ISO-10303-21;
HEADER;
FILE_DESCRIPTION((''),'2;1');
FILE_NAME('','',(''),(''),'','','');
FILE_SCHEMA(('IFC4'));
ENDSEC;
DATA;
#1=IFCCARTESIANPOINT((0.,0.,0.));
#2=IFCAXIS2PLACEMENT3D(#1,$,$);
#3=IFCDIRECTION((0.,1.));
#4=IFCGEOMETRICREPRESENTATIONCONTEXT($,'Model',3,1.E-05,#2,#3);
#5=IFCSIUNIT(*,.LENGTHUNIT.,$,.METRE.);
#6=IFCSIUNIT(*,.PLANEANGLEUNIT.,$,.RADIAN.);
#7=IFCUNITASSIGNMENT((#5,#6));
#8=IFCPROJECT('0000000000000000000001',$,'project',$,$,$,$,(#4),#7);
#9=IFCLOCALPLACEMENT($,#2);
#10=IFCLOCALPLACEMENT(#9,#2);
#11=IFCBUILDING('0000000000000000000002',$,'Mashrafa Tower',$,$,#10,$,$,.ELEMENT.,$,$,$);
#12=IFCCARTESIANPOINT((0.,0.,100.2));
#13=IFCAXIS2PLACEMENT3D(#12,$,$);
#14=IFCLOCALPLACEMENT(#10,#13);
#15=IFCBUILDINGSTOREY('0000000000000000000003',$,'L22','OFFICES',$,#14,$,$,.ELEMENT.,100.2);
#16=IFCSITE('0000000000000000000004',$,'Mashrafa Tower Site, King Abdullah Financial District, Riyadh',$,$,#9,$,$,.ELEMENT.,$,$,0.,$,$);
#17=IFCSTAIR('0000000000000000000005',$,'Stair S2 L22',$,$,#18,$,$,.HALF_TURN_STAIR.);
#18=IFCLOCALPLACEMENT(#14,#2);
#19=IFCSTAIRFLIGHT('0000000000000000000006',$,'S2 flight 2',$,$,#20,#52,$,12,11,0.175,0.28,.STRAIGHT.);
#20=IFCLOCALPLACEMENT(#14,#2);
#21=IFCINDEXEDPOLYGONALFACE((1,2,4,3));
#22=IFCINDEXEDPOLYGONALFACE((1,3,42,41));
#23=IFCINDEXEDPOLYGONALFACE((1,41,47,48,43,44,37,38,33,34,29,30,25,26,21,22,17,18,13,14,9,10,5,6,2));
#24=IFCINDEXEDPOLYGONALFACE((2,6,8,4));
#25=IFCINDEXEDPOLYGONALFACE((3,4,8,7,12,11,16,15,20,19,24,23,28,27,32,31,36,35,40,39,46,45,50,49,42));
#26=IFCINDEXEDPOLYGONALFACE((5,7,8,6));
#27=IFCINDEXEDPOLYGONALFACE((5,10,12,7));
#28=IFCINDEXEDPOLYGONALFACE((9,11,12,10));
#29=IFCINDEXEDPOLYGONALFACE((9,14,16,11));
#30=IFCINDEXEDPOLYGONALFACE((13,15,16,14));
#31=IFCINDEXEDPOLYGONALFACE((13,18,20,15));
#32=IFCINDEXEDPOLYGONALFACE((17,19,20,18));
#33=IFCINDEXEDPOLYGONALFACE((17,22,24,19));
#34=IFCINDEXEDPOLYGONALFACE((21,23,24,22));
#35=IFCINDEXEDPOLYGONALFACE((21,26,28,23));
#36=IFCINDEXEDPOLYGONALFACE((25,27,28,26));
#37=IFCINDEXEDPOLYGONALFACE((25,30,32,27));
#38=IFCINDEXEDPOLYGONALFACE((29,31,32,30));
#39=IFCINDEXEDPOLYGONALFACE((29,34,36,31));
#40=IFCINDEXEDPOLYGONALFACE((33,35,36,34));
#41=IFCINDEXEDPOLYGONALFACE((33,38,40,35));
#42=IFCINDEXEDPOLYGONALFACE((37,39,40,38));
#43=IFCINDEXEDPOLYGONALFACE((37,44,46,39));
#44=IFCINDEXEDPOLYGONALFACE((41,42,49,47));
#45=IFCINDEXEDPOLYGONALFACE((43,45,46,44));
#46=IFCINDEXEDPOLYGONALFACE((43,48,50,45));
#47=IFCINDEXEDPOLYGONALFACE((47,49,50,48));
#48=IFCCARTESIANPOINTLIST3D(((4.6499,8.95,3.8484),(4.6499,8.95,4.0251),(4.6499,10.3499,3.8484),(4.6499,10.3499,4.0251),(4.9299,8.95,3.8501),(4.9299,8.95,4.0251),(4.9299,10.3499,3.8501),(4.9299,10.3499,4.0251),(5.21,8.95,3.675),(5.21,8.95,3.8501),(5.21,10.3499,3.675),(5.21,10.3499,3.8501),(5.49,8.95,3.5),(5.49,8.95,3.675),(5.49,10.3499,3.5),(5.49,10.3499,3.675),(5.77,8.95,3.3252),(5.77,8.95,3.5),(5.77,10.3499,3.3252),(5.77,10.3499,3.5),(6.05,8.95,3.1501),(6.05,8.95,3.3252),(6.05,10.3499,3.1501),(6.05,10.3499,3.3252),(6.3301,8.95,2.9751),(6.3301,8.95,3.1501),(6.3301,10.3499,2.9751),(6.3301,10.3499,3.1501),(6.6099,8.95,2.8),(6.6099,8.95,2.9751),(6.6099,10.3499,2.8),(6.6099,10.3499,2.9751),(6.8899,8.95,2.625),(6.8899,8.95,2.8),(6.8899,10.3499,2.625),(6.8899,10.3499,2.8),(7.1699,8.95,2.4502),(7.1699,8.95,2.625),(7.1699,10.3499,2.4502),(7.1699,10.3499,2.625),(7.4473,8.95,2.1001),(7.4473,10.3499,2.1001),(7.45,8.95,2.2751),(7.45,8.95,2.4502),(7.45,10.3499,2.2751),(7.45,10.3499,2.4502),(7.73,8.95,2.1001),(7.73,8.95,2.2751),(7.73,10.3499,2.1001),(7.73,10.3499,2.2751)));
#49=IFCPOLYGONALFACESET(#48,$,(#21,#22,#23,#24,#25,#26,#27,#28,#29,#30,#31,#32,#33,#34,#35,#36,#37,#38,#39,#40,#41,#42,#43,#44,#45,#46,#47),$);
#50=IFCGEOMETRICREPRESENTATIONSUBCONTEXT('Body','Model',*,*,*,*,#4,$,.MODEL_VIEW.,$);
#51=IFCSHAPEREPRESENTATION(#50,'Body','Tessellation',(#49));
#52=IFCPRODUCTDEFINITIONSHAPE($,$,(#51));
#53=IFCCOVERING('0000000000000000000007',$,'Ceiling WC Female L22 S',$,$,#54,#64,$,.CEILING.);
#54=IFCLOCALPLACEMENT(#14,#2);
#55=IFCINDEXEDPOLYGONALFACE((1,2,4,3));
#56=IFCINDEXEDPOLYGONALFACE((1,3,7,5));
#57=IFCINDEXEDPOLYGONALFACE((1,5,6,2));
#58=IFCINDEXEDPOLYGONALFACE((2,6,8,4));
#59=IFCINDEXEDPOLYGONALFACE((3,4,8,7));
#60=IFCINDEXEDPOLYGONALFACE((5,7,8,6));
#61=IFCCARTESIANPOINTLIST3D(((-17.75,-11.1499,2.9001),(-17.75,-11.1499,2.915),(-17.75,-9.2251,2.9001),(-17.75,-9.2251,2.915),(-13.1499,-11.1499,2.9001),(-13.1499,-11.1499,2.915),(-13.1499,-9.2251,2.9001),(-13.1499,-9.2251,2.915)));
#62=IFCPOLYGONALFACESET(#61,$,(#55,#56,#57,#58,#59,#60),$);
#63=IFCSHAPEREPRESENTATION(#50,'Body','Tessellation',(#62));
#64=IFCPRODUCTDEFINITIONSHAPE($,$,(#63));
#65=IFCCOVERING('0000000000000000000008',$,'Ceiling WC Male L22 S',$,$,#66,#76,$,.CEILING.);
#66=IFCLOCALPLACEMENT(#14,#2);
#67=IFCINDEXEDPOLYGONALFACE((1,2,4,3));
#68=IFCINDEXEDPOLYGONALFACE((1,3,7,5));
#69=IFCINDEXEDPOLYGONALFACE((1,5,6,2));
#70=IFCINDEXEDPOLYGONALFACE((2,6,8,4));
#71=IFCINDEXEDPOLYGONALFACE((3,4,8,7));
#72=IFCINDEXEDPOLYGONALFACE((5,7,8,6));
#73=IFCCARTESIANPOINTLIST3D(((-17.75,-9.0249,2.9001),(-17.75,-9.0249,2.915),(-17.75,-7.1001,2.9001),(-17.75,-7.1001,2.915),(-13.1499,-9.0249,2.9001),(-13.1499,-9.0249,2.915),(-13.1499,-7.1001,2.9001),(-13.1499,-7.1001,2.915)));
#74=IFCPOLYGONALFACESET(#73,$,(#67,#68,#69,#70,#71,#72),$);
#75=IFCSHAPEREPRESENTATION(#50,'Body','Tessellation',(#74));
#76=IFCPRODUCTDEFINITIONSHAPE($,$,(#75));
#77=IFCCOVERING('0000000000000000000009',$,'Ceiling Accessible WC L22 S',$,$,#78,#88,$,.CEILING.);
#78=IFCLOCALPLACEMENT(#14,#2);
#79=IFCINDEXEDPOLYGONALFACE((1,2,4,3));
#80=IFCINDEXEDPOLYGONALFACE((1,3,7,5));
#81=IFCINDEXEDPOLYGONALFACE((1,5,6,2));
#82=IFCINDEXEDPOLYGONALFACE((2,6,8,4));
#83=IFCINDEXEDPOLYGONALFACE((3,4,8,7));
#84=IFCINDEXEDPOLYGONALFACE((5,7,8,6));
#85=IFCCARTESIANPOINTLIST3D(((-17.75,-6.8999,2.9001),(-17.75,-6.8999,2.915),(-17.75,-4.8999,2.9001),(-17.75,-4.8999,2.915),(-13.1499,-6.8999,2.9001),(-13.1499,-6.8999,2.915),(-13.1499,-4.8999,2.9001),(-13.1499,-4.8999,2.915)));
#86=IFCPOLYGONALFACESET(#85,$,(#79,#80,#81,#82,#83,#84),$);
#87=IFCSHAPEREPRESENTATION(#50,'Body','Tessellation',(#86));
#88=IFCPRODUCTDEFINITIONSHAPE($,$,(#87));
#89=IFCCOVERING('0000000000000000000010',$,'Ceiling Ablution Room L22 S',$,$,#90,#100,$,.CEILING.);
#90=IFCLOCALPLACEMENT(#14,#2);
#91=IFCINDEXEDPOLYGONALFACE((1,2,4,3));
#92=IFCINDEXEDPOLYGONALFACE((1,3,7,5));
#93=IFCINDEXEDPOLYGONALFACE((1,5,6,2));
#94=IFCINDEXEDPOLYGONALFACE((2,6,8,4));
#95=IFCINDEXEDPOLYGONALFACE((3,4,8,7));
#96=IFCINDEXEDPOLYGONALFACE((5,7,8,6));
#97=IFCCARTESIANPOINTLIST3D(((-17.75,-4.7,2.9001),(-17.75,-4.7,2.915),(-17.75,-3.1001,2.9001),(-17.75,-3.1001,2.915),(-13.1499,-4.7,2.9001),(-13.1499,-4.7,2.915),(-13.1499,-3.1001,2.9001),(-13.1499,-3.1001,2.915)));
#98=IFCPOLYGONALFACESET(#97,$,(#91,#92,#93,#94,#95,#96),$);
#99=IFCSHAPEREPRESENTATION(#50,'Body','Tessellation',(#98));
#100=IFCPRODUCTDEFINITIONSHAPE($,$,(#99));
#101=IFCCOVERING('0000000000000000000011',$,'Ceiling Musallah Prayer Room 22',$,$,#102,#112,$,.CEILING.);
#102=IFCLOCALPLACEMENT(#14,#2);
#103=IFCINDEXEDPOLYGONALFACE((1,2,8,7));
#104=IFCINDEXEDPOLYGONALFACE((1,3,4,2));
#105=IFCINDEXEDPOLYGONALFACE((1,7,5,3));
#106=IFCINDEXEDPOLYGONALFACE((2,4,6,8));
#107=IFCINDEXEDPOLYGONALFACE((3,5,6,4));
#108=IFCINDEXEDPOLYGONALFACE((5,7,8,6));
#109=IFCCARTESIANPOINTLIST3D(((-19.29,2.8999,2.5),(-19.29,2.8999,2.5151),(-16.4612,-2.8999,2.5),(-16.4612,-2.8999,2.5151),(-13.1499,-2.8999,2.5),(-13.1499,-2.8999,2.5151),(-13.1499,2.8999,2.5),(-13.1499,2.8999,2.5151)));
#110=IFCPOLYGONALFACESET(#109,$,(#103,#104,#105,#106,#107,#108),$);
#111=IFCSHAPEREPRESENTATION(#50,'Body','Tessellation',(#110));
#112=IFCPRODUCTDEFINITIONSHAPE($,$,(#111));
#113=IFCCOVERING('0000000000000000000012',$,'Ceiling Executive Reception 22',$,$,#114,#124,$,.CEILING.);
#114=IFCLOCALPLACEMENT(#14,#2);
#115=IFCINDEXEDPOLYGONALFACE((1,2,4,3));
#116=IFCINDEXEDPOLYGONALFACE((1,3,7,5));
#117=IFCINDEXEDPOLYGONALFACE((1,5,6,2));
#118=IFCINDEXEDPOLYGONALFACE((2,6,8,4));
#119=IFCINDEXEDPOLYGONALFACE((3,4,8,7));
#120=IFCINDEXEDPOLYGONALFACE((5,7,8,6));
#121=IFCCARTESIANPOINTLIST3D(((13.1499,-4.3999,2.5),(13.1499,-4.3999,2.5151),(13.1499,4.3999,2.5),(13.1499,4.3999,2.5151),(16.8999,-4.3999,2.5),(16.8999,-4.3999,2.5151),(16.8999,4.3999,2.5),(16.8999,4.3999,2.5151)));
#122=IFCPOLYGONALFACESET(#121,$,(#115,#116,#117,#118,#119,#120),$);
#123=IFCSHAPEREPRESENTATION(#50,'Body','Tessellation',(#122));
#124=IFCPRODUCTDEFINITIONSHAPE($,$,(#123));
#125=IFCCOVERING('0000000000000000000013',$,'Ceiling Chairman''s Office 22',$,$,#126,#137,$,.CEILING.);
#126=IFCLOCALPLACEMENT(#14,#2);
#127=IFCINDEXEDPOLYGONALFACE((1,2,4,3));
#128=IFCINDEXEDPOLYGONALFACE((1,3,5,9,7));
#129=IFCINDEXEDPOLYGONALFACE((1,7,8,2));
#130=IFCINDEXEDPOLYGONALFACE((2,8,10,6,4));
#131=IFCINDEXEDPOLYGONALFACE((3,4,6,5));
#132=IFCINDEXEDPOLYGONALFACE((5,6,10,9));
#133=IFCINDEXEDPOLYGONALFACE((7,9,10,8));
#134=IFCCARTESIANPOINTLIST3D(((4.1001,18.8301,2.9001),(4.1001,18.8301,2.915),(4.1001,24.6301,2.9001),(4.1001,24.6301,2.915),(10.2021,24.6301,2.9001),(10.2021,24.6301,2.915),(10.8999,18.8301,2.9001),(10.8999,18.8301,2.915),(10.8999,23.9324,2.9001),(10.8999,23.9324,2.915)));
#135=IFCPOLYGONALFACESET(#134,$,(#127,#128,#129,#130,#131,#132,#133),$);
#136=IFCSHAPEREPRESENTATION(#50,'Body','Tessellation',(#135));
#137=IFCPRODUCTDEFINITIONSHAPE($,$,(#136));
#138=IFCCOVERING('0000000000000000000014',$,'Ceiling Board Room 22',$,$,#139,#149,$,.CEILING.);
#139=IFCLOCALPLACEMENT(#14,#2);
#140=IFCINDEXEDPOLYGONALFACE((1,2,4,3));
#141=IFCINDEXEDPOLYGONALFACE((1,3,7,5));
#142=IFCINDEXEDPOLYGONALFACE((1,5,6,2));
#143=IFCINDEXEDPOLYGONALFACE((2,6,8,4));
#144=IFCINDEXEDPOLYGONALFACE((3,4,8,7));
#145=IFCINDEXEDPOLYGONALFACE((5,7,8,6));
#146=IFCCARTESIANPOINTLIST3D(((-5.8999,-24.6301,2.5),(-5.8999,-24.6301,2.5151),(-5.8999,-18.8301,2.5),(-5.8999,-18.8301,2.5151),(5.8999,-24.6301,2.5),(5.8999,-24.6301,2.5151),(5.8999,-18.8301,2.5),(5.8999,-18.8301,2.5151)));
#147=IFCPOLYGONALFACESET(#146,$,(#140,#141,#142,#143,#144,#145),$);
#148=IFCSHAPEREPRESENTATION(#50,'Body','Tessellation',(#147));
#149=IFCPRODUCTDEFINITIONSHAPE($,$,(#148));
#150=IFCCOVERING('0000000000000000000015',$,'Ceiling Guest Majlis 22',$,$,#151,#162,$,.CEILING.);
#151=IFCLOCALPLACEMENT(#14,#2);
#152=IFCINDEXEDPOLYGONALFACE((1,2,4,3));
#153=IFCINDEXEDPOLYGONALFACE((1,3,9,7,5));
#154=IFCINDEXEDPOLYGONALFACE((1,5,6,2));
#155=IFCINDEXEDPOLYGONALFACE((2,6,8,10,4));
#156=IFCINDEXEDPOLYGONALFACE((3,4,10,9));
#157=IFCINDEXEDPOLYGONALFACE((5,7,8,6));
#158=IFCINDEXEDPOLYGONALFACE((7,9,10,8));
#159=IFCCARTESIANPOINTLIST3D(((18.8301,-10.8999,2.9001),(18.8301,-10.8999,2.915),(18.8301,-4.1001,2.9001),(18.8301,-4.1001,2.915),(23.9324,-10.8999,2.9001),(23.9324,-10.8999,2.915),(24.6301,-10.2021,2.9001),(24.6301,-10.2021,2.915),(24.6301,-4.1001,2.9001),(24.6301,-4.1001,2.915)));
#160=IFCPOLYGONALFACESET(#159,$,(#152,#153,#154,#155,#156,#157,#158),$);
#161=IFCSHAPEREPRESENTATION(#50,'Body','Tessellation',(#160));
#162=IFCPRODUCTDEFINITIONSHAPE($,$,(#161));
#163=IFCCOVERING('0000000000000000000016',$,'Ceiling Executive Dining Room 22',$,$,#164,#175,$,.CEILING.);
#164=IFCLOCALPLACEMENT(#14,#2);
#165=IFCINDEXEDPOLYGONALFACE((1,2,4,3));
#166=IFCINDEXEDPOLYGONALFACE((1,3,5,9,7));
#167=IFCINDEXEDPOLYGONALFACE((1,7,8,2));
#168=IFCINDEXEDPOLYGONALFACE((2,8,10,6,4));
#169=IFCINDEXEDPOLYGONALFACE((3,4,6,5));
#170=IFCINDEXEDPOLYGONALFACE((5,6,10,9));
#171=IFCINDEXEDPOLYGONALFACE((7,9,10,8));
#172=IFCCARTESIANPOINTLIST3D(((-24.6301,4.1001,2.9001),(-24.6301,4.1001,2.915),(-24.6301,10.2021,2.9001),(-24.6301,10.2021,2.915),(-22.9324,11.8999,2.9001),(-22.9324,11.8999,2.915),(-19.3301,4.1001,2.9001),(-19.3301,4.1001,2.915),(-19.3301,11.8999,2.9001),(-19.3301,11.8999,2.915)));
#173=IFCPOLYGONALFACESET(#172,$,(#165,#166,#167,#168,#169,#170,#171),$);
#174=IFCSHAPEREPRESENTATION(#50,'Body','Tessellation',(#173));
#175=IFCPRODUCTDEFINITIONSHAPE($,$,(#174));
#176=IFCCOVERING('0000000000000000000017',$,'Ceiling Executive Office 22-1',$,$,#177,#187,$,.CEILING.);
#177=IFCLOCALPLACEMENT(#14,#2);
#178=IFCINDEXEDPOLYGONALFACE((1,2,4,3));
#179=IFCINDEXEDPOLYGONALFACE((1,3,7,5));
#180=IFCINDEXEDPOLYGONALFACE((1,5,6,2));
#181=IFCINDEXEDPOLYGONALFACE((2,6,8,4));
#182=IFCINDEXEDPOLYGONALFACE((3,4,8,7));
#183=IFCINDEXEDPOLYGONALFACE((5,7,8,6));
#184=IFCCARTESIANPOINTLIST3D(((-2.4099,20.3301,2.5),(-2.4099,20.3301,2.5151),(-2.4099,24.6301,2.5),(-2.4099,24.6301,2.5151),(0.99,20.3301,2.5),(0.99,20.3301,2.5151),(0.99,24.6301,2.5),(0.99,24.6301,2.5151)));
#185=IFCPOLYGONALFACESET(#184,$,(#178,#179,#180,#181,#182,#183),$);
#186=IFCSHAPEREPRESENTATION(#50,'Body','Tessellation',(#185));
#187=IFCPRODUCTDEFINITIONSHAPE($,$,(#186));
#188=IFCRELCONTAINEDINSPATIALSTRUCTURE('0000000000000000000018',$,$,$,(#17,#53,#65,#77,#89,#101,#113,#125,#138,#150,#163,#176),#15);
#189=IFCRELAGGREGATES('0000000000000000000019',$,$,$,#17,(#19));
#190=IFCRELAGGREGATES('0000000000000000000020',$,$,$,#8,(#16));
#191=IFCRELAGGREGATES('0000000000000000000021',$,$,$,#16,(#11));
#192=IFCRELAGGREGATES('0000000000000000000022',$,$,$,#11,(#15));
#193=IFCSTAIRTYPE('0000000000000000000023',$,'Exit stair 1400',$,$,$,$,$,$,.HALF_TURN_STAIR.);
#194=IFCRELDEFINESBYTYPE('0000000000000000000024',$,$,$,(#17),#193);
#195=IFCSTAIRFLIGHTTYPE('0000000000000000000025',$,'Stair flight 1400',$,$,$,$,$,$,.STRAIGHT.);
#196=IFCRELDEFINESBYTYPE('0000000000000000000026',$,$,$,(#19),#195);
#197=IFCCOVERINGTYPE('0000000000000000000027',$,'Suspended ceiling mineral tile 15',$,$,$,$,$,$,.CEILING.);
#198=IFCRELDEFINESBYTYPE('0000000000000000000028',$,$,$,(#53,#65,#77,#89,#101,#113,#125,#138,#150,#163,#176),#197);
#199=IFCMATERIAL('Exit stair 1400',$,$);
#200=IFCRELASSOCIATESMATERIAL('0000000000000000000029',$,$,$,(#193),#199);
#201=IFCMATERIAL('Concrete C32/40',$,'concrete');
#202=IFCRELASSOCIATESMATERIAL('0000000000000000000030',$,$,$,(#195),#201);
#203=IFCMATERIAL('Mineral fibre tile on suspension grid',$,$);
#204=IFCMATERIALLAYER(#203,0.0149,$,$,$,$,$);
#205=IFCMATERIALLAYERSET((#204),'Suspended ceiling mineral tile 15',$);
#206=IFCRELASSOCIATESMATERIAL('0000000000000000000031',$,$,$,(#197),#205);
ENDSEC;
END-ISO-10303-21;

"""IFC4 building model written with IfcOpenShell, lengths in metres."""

from ifc_helpers import new_model, si_unit, direction, frame, origin, place, context, subcontext, project, spatial, polyline, outline, extrude, material, layer, layer_set, type_object, element, aggregate, save


model = new_model("IFC4")

# Units and contexts
model_context = context("Model", 3, precision=1e-05, world=origin(), true_north=direction((0.0, 1.0)))
body_context = subcontext(model_context, "Body", "Model", "MODEL_VIEW")
ifc_project = project(units=[si_unit("LENGTHUNIT", "METRE"), si_unit("PLANEANGLEUNIT", "RADIAN")], contexts=[model_context])

# Site, building, storey
site_placement = place(None, origin())
site = spatial("IfcSite", under=ifc_project, at=site_placement, Name="Mashrafa Tower Site, King Abdullah Financial District, Riyadh", CompositionType="ELEMENT", RefElevation=0.0)
building_placement = place(site_placement, origin())
building = spatial("IfcBuilding", under=site, at=building_placement, Name="Mashrafa Tower", CompositionType="ELEMENT")
storey_placement = place(building_placement, frame((0.0, 0.0, 100.2)))
storey = spatial("IfcBuildingStorey", under=building, at=storey_placement, Name="L22", Description="OFFICES", CompositionType="ELEMENT", Elevation=100.2)

# Stair, stair flight
ifc_material_1 = material(Name="Exit stair 1400")
stair_type = type_object("IfcStairType", Name="Exit stair 1400", PredefinedType="HALF_TURN_STAIR", material=ifc_material_1)
stair_placement = place(storey_placement, origin())
stair = element("IfcStair", 1, at=stair_placement, inside=storey, type_object=stair_type, Name="Stair S2 L22", PredefinedType="HALF_TURN_STAIR")
ifc_material_2 = material(Name="Concrete C32/40", Category="concrete")
stair_flight_type = type_object("IfcStairFlightType", Name="Stair flight 1400", PredefinedType="STRAIGHT", material=ifc_material_2)
stair_flight_1_placement = place(storey_placement, frame((7.73, 9.6499, 2.1001), z_axis=(0.0, 0.0, 1.0), x_axis=(-1.0, 0.0, 0.0)))
stair_flight_1 = element("IfcStairFlight", 2, at=stair_flight_1_placement, type_object=stair_flight_type, Name="S2 flight 2", NumberOfRisers=12, NumberOfTreads=11, PredefinedType="STRAIGHT", RiserHeight=0.175, TreadLength=0.28, context=body_context, shape_type="SweptSolid", body=[
    extrude(outline(polyline([(0.0, 0.0), (0.0, 0.175), (0.28, 0.175), (0.28, 0.3501), (0.5601, 0.3501), (0.5601, 0.5249), (0.8401, 0.5249), (0.8401, 0.7), (1.1201, 0.7), (1.1201, 0.875), (1.3999, 0.875), (1.3999, 1.05), (1.6799, 1.05), (1.6799, 1.2251), (1.96, 1.2251), (1.96, 1.3999), (2.24, 1.3999), (2.24, 1.575), (2.52, 1.575), (2.52, 1.75), (2.8, 1.75), (2.8, 1.925), (3.0801, 1.925), (3.0801, 2.1001), (3.0801, 1.7483), (0.2827, 0.0), (0.0, 0.0)])), frame((0.0, 0.7, 0.0), z_axis=(0.0, -1.0, 0.0), x_axis=(1.0, 0.0, 0.0)), (0.0, 0.0, 1.0), 1.3999),
])
aggregate(stair, [stair_flight_1])

# Coverings
ifc_material_3 = material(Name="Mineral fibre tile on suspension grid")
ifc_layer_1 = layer(ifc_material_3, 0.0149)
ifc_layer_set_1 = layer_set([ifc_layer_1], Name="Suspended ceiling mineral tile 15")
covering_type = type_object("IfcCoveringType", Name="Suspended ceiling mineral tile 15", PredefinedType="CEILING", material=ifc_layer_set_1)
covering_1_placement = place(storey_placement, frame((0.0, 0.0, 2.9001)))
element("IfcCovering", 3, at=covering_1_placement, inside=storey, type_object=covering_type, Name="Ceiling WC Female L22 S", PredefinedType="CEILING", context=body_context, shape_type="SweptSolid", body=[
    extrude(outline(polyline([(-17.75, -11.1499), (-17.75, -9.2251), (-13.1499, -9.2251), (-13.1499, -11.1499), (-17.75, -11.1499)])), origin(), (0.0, 0.0, 1.0), 0.0149),
])
covering_2_placement = place(storey_placement, frame((0.0, 0.0, 2.9001)))
element("IfcCovering", 4, at=covering_2_placement, inside=storey, type_object=covering_type, Name="Ceiling WC Male L22 S", PredefinedType="CEILING", context=body_context, shape_type="SweptSolid", body=[
    extrude(outline(polyline([(-17.75, -9.0249), (-17.75, -7.1001), (-13.1499, -7.1001), (-13.1499, -9.0249), (-17.75, -9.0249)])), origin(), (0.0, 0.0, 1.0), 0.0149),
])
covering_3_placement = place(storey_placement, frame((0.0, 0.0, 2.9001)))
element("IfcCovering", 5, at=covering_3_placement, inside=storey, type_object=covering_type, Name="Ceiling Accessible WC L22 S", PredefinedType="CEILING", context=body_context, shape_type="SweptSolid", body=[
    extrude(outline(polyline([(-17.75, -6.8999), (-17.75, -4.8999), (-13.1499, -4.8999), (-13.1499, -6.8999), (-17.75, -6.8999)])), origin(), (0.0, 0.0, 1.0), 0.0149),
])
covering_4_placement = place(storey_placement, frame((0.0, 0.0, 2.9001)))
element("IfcCovering", 6, at=covering_4_placement, inside=storey, type_object=covering_type, Name="Ceiling Ablution Room L22 S", PredefinedType="CEILING", context=body_context, shape_type="SweptSolid", body=[
    extrude(outline(polyline([(-17.75, -4.7), (-17.75, -3.1001), (-13.1499, -3.1001), (-13.1499, -4.7), (-17.75, -4.7)])), origin(), (0.0, 0.0, 1.0), 0.0149),
])
covering_5_placement = place(storey_placement, frame((0.0, 0.0, 2.5)))
element("IfcCovering", 7, at=covering_5_placement, inside=storey, type_object=covering_type, Name="Ceiling Musallah Prayer Room 22", PredefinedType="CEILING", context=body_context, shape_type="SweptSolid", body=[
    extrude(outline(polyline([(-16.4612, -2.8999), (-19.29, 2.8999), (-13.1499, 2.8999), (-13.1499, -2.8999), (-16.4612, -2.8999)])), origin(), (0.0, 0.0, 1.0), 0.0151),
])
covering_6_placement = place(storey_placement, frame((0.0, 0.0, 2.5)))
element("IfcCovering", 8, at=covering_6_placement, inside=storey, type_object=covering_type, Name="Ceiling Executive Reception 22", PredefinedType="CEILING", context=body_context, shape_type="SweptSolid", body=[
    extrude(outline(polyline([(13.1499, 4.3999), (16.8999, 4.3999), (16.8999, -4.3999), (13.1499, -4.3999), (13.1499, 4.3999)])), origin(), (0.0, 0.0, 1.0), 0.0151),
])
covering_7_placement = place(storey_placement, frame((0.0, 0.0, 2.9001)))
element("IfcCovering", 9, at=covering_7_placement, inside=storey, type_object=covering_type, Name="Ceiling Chairman's Office 22", PredefinedType="CEILING", context=body_context, shape_type="SweptSolid", body=[
    extrude(outline(polyline([(4.1001, 24.6301), (10.2021, 24.6301), (10.8999, 23.9324), (10.8999, 18.8301), (4.1001, 18.8301), (4.1001, 24.6301)])), origin(), (0.0, 0.0, 1.0), 0.0149),
])
covering_8_placement = place(storey_placement, frame((0.0, 0.0, 2.5)))
element("IfcCovering", 10, at=covering_8_placement, inside=storey, type_object=covering_type, Name="Ceiling Board Room 22", PredefinedType="CEILING", context=body_context, shape_type="SweptSolid", body=[
    extrude(outline(polyline([(-5.8999, -18.8301), (5.8999, -18.8301), (5.8999, -24.6301), (-5.8999, -24.6301), (-5.8999, -18.8301)])), origin(), (0.0, 0.0, 1.0), 0.0151),
])
covering_9_placement = place(storey_placement, frame((0.0, 0.0, 2.9001)))
element("IfcCovering", 11, at=covering_9_placement, inside=storey, type_object=covering_type, Name="Ceiling Guest Majlis 22", PredefinedType="CEILING", context=body_context, shape_type="SweptSolid", body=[
    extrude(outline(polyline([(18.8301, -4.1001), (24.6301, -4.1001), (24.6301, -10.2021), (23.9324, -10.8999), (18.8301, -10.8999), (18.8301, -4.1001)])), origin(), (0.0, 0.0, 1.0), 0.0149),
])
covering_10_placement = place(storey_placement, frame((0.0, 0.0, 2.9001)))
element("IfcCovering", 12, at=covering_10_placement, inside=storey, type_object=covering_type, Name="Ceiling Executive Dining Room 22", PredefinedType="CEILING", context=body_context, shape_type="SweptSolid", body=[
    extrude(outline(polyline([(-19.3301, 11.8999), (-19.3301, 4.1001), (-24.6301, 4.1001), (-24.6301, 10.2021), (-22.9324, 11.8999), (-19.3301, 11.8999)])), origin(), (0.0, 0.0, 1.0), 0.0149),
])
covering_11_placement = place(storey_placement, frame((0.0, 0.0, 2.5)))
element("IfcCovering", 13, at=covering_11_placement, inside=storey, type_object=covering_type, Name="Ceiling Executive Office 22-1", PredefinedType="CEILING", context=body_context, shape_type="SweptSolid", body=[
    extrude(outline(polyline([(-2.4099, 24.6301), (0.99, 24.6301), (0.99, 20.3301), (-2.4099, 20.3301), (-2.4099, 24.6301)])), origin(), (0.0, 0.0, 1.0), 0.0151),
])

save(model, "model.ifc")
